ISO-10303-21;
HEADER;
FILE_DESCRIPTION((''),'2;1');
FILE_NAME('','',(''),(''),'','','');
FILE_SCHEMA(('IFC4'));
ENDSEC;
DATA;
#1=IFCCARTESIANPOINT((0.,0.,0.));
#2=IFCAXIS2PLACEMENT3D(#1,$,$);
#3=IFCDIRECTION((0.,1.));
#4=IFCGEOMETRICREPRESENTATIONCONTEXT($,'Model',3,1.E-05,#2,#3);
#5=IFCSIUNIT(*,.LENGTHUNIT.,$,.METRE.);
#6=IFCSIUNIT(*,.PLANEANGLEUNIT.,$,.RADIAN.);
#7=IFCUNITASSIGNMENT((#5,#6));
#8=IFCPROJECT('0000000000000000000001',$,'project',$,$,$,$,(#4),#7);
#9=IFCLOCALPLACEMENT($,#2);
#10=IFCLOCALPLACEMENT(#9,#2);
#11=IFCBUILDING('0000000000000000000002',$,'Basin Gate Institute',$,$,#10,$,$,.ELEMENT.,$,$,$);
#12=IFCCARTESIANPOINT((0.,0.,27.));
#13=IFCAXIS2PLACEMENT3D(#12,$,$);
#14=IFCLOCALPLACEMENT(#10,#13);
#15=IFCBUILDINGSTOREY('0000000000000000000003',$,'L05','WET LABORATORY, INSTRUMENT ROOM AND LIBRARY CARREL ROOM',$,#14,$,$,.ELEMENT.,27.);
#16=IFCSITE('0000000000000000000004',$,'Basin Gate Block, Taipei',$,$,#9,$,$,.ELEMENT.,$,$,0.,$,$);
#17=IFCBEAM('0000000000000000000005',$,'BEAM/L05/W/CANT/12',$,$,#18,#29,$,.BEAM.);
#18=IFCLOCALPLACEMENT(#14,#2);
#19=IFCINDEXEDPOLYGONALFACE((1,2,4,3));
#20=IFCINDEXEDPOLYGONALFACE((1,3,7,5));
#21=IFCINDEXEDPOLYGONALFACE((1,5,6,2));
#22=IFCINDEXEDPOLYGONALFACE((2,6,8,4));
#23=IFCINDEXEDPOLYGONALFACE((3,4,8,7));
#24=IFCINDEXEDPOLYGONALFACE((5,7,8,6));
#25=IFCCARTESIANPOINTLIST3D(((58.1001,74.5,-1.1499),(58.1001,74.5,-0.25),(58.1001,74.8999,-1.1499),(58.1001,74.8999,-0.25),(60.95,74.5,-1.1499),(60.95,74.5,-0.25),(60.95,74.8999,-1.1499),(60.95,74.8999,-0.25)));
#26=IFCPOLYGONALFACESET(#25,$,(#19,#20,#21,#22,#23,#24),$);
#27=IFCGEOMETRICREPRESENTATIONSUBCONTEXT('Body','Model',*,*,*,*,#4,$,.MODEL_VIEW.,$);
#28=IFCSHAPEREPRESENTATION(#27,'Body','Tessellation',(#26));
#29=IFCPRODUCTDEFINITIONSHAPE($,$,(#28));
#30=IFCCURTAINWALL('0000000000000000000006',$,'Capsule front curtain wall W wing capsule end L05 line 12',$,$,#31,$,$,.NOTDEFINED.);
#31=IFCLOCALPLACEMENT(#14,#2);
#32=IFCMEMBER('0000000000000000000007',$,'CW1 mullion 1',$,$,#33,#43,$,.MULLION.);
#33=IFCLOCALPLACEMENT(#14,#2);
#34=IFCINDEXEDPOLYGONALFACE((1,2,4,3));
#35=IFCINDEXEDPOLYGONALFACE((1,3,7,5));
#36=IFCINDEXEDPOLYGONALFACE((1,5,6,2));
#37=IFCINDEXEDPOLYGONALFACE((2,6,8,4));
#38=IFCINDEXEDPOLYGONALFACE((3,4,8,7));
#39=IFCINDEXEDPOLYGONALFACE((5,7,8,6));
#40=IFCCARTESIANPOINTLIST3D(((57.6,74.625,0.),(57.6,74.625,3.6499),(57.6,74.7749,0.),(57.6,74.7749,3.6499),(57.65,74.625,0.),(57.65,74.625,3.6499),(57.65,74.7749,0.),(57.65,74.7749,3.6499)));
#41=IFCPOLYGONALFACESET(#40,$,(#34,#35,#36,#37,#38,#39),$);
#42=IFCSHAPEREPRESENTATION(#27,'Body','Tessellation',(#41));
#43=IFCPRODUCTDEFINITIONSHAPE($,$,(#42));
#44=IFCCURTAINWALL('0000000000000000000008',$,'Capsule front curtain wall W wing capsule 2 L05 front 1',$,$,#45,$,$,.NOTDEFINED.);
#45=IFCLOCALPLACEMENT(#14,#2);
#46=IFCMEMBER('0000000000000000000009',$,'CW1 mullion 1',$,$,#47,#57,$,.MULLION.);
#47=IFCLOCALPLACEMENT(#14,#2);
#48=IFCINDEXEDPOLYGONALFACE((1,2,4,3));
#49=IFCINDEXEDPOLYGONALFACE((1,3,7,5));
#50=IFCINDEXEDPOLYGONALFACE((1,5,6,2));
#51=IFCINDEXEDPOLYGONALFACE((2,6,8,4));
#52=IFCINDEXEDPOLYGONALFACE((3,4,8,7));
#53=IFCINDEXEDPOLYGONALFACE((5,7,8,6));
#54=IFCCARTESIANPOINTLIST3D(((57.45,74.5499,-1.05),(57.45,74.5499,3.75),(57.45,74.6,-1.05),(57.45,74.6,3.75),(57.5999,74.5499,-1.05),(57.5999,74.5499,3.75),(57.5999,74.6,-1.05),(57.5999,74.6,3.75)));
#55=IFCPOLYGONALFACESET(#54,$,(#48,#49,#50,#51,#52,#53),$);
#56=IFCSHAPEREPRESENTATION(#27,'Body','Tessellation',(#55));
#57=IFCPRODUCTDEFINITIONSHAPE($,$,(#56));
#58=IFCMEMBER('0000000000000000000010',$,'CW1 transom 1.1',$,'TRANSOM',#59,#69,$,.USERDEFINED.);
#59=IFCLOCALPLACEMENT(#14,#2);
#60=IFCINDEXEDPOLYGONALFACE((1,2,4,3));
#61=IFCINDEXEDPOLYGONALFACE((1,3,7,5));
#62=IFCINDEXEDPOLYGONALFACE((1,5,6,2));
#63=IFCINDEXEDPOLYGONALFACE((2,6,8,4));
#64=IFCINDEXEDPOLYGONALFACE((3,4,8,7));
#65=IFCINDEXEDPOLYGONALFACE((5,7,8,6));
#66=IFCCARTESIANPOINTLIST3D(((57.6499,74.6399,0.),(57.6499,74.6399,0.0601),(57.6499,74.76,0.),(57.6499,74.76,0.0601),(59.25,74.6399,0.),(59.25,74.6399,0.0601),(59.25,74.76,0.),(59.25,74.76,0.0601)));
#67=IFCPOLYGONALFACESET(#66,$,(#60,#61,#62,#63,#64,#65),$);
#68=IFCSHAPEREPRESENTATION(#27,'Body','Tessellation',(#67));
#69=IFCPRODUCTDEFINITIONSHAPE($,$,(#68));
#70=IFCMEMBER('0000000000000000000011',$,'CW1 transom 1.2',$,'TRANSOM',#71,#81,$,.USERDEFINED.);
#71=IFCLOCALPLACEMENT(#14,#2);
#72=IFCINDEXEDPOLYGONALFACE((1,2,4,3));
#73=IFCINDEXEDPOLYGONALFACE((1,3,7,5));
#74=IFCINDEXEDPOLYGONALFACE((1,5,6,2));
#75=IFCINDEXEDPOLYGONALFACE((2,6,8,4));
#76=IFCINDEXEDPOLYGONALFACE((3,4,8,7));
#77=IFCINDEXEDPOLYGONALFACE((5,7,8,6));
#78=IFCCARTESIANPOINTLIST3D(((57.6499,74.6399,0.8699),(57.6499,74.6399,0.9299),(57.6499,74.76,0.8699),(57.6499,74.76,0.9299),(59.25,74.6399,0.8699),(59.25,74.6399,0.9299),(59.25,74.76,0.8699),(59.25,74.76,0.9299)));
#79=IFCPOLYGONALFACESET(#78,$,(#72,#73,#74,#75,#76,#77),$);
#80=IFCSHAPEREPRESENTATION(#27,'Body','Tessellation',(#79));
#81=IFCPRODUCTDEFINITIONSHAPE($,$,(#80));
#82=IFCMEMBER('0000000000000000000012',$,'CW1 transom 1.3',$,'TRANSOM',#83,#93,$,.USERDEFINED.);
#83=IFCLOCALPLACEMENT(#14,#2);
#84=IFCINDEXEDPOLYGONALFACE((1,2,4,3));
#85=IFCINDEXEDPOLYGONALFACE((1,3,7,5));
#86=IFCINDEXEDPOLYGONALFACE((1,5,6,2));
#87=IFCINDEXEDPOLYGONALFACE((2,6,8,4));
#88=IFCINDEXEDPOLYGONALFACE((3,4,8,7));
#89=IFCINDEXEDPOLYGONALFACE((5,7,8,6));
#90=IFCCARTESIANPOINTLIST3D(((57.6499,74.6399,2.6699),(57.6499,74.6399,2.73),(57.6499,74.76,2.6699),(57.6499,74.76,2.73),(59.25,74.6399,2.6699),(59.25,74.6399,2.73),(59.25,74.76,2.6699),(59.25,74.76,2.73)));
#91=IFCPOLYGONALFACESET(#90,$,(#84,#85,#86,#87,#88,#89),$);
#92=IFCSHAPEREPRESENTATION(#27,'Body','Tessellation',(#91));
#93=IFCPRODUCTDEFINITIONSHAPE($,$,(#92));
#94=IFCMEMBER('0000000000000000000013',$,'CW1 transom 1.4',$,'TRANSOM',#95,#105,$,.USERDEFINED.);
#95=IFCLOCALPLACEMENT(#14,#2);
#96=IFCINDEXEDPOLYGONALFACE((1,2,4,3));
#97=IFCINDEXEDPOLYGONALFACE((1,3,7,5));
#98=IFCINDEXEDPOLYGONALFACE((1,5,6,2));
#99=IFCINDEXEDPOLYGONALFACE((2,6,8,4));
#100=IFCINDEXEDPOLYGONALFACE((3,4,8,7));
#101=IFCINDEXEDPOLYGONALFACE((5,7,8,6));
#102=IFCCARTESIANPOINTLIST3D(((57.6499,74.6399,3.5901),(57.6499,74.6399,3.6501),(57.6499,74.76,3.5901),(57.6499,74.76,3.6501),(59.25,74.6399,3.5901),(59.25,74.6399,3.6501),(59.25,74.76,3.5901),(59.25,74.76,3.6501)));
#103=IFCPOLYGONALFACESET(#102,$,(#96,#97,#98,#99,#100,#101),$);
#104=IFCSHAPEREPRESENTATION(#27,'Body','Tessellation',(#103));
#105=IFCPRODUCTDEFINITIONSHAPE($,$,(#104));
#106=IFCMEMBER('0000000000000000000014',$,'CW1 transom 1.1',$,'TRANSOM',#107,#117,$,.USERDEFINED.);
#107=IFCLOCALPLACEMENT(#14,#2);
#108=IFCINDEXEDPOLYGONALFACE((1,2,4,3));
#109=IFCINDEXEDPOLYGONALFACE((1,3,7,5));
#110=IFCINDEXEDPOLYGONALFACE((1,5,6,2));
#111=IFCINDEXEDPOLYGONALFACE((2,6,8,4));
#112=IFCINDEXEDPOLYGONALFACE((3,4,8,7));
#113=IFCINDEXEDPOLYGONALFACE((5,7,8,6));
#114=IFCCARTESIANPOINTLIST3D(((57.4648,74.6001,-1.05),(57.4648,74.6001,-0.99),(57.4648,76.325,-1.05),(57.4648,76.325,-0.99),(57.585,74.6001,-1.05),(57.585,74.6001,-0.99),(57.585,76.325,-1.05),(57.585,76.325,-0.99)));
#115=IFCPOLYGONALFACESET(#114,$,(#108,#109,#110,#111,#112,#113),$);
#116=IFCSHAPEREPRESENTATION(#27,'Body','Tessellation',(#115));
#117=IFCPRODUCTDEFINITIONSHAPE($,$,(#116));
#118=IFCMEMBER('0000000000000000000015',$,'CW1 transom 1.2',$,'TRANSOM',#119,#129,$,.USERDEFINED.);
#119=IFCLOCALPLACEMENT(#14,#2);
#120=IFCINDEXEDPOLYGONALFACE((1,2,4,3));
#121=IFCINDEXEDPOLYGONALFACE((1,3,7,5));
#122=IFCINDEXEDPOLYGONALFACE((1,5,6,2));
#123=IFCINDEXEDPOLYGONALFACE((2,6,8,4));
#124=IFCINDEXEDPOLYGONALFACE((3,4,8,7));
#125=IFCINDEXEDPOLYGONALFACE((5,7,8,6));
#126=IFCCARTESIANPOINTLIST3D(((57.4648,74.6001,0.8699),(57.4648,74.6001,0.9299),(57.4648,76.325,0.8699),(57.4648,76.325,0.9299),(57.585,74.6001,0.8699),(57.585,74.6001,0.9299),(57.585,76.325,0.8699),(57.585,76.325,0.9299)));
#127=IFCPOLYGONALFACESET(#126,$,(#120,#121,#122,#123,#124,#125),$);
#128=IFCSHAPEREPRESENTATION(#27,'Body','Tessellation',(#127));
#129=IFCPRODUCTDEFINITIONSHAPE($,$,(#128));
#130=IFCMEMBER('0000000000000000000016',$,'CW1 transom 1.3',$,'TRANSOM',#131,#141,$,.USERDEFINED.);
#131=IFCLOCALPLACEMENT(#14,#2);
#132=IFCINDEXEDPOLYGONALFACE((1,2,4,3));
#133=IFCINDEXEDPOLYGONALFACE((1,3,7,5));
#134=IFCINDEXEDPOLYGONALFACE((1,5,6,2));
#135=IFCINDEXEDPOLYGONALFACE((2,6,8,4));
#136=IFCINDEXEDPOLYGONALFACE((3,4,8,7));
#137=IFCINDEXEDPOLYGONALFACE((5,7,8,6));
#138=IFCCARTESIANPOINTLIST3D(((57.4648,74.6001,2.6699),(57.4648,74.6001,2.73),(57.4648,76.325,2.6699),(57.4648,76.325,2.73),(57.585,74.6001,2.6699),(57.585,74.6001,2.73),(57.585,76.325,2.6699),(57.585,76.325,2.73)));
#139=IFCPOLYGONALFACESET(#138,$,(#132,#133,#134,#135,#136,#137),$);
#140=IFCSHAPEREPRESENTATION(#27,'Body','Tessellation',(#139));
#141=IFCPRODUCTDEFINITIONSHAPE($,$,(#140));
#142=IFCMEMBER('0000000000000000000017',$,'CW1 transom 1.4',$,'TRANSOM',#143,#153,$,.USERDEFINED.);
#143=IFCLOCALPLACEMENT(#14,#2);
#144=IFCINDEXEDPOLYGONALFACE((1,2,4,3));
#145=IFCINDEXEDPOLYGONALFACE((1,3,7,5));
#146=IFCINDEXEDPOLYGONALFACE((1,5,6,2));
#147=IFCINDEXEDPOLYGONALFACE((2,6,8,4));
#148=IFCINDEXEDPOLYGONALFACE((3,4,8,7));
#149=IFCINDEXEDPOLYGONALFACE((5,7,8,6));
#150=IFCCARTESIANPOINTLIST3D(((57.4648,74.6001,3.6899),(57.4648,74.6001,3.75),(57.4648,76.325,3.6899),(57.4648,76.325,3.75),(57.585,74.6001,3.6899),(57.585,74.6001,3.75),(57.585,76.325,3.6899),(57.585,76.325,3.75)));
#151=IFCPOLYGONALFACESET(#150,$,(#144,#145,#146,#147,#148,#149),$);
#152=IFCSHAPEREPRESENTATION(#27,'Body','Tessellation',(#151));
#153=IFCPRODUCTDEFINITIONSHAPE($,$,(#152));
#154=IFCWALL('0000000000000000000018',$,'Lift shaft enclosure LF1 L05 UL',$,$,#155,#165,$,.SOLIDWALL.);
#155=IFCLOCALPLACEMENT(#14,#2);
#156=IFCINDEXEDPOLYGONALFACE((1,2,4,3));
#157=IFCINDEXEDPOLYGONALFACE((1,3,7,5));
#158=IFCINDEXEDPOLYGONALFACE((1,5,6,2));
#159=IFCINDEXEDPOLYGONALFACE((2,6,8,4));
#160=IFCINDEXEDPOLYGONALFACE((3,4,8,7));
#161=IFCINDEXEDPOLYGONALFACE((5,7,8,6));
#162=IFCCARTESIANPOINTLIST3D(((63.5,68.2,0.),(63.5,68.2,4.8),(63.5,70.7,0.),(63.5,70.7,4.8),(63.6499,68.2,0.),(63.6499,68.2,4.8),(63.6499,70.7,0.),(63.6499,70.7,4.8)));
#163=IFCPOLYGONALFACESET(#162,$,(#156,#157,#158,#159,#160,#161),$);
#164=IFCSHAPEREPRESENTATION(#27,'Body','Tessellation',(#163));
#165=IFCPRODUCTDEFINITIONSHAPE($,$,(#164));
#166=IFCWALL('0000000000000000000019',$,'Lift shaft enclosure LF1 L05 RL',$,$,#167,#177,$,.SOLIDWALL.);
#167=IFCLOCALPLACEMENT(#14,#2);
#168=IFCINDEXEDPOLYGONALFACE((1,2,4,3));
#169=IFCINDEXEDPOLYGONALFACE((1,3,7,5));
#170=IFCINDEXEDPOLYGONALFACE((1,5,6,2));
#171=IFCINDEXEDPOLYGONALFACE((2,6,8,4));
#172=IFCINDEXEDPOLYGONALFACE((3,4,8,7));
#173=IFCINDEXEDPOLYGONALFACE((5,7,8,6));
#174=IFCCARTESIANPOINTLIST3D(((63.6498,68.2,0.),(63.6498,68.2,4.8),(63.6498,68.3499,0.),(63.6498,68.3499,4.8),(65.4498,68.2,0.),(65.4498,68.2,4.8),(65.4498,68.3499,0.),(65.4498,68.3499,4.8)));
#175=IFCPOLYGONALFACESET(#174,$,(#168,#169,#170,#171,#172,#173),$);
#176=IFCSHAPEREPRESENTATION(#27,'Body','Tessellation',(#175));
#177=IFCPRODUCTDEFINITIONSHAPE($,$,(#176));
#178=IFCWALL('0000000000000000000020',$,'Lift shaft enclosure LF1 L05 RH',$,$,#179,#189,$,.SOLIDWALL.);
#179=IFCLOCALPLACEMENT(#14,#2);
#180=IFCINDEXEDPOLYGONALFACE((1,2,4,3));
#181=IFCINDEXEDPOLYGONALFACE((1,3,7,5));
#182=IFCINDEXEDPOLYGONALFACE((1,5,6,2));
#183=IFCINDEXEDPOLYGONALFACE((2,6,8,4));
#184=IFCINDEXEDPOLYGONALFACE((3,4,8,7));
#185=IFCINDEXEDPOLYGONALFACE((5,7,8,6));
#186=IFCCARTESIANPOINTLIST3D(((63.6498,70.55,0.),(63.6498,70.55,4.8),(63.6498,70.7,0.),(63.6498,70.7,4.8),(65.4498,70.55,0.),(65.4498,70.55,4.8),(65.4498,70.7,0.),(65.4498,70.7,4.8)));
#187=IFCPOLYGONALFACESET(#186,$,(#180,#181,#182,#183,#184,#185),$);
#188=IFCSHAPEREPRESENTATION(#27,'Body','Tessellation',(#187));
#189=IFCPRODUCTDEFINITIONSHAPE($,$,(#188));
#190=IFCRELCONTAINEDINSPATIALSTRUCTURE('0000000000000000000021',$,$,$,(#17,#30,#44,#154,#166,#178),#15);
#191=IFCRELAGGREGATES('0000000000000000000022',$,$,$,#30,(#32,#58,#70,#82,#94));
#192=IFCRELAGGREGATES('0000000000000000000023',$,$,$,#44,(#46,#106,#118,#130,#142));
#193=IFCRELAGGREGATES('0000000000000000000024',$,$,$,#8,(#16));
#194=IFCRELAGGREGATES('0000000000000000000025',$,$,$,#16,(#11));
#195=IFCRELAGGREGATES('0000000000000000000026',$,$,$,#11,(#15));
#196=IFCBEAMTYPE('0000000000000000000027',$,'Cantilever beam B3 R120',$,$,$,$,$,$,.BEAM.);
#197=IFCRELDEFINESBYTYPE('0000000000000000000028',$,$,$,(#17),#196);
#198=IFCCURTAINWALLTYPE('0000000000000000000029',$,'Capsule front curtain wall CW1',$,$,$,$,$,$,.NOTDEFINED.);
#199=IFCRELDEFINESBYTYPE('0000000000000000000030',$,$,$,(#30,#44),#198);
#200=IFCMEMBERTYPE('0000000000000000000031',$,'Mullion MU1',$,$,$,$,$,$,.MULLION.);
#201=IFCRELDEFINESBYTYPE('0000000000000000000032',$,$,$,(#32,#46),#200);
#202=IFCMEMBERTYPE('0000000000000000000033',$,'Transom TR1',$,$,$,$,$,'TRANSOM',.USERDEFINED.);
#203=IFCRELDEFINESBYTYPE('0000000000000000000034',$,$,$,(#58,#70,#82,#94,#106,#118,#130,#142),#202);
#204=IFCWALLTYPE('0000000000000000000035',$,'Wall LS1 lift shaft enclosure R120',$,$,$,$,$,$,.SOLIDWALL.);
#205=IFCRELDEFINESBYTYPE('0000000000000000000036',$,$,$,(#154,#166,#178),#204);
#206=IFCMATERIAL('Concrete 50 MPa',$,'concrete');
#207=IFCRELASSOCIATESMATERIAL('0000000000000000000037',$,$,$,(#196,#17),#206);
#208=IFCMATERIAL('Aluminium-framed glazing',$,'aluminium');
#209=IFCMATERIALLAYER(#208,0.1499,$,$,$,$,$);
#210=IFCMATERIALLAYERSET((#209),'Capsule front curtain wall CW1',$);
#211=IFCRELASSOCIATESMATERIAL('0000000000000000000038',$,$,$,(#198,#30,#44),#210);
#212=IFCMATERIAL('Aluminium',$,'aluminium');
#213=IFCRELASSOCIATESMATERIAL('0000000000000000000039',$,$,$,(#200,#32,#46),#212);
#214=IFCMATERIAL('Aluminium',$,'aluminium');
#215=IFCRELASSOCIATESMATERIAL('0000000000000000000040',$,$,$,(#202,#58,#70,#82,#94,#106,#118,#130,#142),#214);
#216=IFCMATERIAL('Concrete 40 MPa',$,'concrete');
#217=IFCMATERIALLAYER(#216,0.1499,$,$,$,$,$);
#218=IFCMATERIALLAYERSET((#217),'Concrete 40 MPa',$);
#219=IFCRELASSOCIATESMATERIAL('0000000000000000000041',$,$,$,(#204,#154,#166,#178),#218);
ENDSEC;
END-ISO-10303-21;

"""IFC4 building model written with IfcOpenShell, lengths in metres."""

from ifc_helpers import new_model, si_unit, direction, frame, frame_2d, origin, origin_2d, place, context, subcontext, project, spatial, rectangle, extrude, material, layer, layer_set, material_profile, profile_set, type_object, element, aggregate, save


model = new_model("IFC4")

# Units and contexts
model_context = context("Model", 3, precision=1e-05, world=origin(), true_north=direction((0.0, 1.0)))
body_context = subcontext(model_context, "Body", "Model", "MODEL_VIEW")
ifc_project = project(units=[si_unit("LENGTHUNIT", "METRE"), si_unit("PLANEANGLEUNIT", "RADIAN")], contexts=[model_context])

# Site, building, storey
site_placement = place(None, origin())
site = spatial("IfcSite", under=ifc_project, at=site_placement, Name="Basin Gate Block, Taipei", CompositionType="ELEMENT", RefElevation=0.0)
building_placement = place(site_placement, origin())
building = spatial("IfcBuilding", under=site, at=building_placement, Name="Basin Gate Institute", CompositionType="ELEMENT")
storey_placement = place(building_placement, frame((0.0, 0.0, 27.0)))
storey = spatial("IfcBuildingStorey", under=building, at=storey_placement, Name="L05", Description="WET LABORATORY, INSTRUMENT ROOM AND LIBRARY CARREL ROOM", CompositionType="ELEMENT", Elevation=27.0)

# Beam
ifc_material_1 = material(Name="Concrete 50 MPa", Category="concrete")
ifc_material_profile_1 = material_profile(ifc_material_1, rectangle(XDim=0.3999, YDim=0.8999, at=origin_2d()), Name="Cantilever beam B3 400 x 900")
ifc_profile_set_1 = profile_set([ifc_material_profile_1], Name="Concrete 50 MPa")
beam_type = type_object("IfcBeamType", Name="Cantilever beam B3 R120", PredefinedType="BEAM", material=ifc_profile_set_1)
beam_placement = place(storey_placement, frame((58.1001, 74.7, -0.7), z_axis=(1.0, 0.0, 0.0), x_axis=(0.0, 1.0, 0.0)))
element("IfcBeam", 1, at=beam_placement, inside=storey, type_object=beam_type, material=ifc_profile_set_1, Name="BEAM/L05/W/CANT/12", PredefinedType="BEAM", context=body_context, shape_type="SweptSolid", body=[
    extrude(rectangle(XDim=0.3999, YDim=0.8999, at=origin_2d()), origin(), (0.0, 0.0, 1.0), 2.8499),
])

# Curtain walls, members
ifc_material_2 = material(Name="Aluminium-framed glazing", Category="aluminium")
ifc_layer_1 = layer(ifc_material_2, 0.1499)
ifc_layer_set_1 = layer_set([ifc_layer_1], Name="Capsule front curtain wall CW1")
curtain_wall_type = type_object("IfcCurtainWallType", Name="Capsule front curtain wall CW1", PredefinedType="NOTDEFINED", material=ifc_layer_set_1)
curtain_wall_1_placement = place(storey_placement, origin())
curtain_wall_1 = element("IfcCurtainWall", 2, at=curtain_wall_1_placement, inside=storey, type_object=curtain_wall_type, material=ifc_layer_set_1, Name="Capsule front curtain wall W wing capsule end L05 line 12", PredefinedType="NOTDEFINED")
ifc_material_3 = material(Name="Aluminium", Category="aluminium")
ifc_material_profile_2 = material_profile(ifc_material_3, rectangle(XDim=0.1499, YDim=0.05, at=origin_2d()), Name="Mullion MU1 150 x 50")
ifc_profile_set_2 = profile_set([ifc_material_profile_2], Name="Aluminium")
member_type_1 = type_object("IfcMemberType", Name="Mullion MU1", PredefinedType="MULLION", material=ifc_profile_set_2)
member_1_placement = place(storey_placement, frame((57.625, 74.7, 0.0), z_axis=(0.0, 0.0, 1.0), x_axis=(0.0, 1.0, 0.0)))
member_1 = element("IfcMember", 3, at=member_1_placement, type_object=member_type_1, material=ifc_profile_set_2, Name="CW1 mullion 1", PredefinedType="MULLION", context=body_context, shape_type="SweptSolid", body=[
    extrude(rectangle(XDim=0.1499, YDim=0.05, at=origin_2d()), origin(), (0.0, 0.0, 1.0), 3.6499),
])
curtain_wall_2_placement = place(storey_placement, origin())
curtain_wall_2 = element("IfcCurtainWall", 4, at=curtain_wall_2_placement, inside=storey, type_object=curtain_wall_type, material=ifc_layer_set_1, Name="Capsule front curtain wall W wing capsule 2 L05 front 1", PredefinedType="NOTDEFINED")
member_2_placement = place(storey_placement, frame((57.5249, 74.575, -1.05), z_axis=(0.0, 0.0, 1.0), x_axis=(-1.0, 0.0, 0.0)))
member_2 = element("IfcMember", 5, at=member_2_placement, type_object=member_type_1, material=ifc_profile_set_2, Name="CW1 mullion 1", PredefinedType="MULLION", context=body_context, shape_type="SweptSolid", body=[
    extrude(rectangle(XDim=0.1499, YDim=0.05, at=origin_2d()), origin(), (0.0, 0.0, 1.0), 4.8),
])

# Members
ifc_material_4 = material(Name="Aluminium", Category="aluminium")
ifc_material_profile_3 = material_profile(ifc_material_4, rectangle(XDim=0.1201, YDim=0.0601, at=origin_2d()), Name="Transom TR1 120 x 60")
ifc_profile_set_3 = profile_set([ifc_material_profile_3], Name="Aluminium")
member_type_2 = type_object("IfcMemberType", Name="Transom TR1", ElementType="TRANSOM", PredefinedType="USERDEFINED", material=ifc_profile_set_3)
member_3_placement = place(storey_placement, frame((57.6499, 74.7, 0.03), z_axis=(1.0, 0.0, 0.0), x_axis=(0.0, 1.0, 0.0)))
member_3 = element("IfcMember", 6, at=member_3_placement, type_object=member_type_2, material=ifc_profile_set_3, Name="CW1 transom 1.1", ObjectType="TRANSOM", PredefinedType="USERDEFINED", context=body_context, shape_type="SweptSolid", body=[
    extrude(rectangle(XDim=0.1201, YDim=0.0601, at=origin_2d()), origin(), (0.0, 0.0, 1.0), 1.6001),
])
member_4_placement = place(storey_placement, frame((57.6499, 74.7, 0.8999), z_axis=(1.0, 0.0, 0.0), x_axis=(0.0, 1.0, 0.0)))
member_4 = element("IfcMember", 7, at=member_4_placement, type_object=member_type_2, material=ifc_profile_set_3, Name="CW1 transom 1.2", ObjectType="TRANSOM", PredefinedType="USERDEFINED", context=body_context, shape_type="SweptSolid", body=[
    extrude(rectangle(XDim=0.1201, YDim=0.0601, at=origin_2d()), origin(), (0.0, 0.0, 1.0), 1.6001),
])
member_5_placement = place(storey_placement, frame((57.6499, 74.7, 2.7), z_axis=(1.0, 0.0, 0.0), x_axis=(0.0, 1.0, 0.0)))
member_5 = element("IfcMember", 8, at=member_5_placement, type_object=member_type_2, material=ifc_profile_set_3, Name="CW1 transom 1.3", ObjectType="TRANSOM", PredefinedType="USERDEFINED", context=body_context, shape_type="SweptSolid", body=[
    extrude(rectangle(XDim=0.1201, YDim=0.0601, at=origin_2d()), origin(), (0.0, 0.0, 1.0), 1.6001),
])
member_6_placement = place(storey_placement, frame((57.6499, 74.7, 3.6201), z_axis=(1.0, 0.0, 0.0), x_axis=(0.0, 1.0, 0.0)))
member_6 = element("IfcMember", 9, at=member_6_placement, type_object=member_type_2, material=ifc_profile_set_3, Name="CW1 transom 1.4", ObjectType="TRANSOM", PredefinedType="USERDEFINED", context=body_context, shape_type="SweptSolid", body=[
    extrude(rectangle(XDim=0.1201, YDim=0.0601, at=origin_2d()), origin(), (0.0, 0.0, 1.0), 1.6001),
])
aggregate(curtain_wall_1, [member_1, member_3, member_4, member_5, member_6])
member_7_placement = place(storey_placement, frame((57.5249, 74.6001, -1.02), z_axis=(0.0, 1.0, 0.0), x_axis=(-1.0, 0.0, 0.0)))
member_7 = element("IfcMember", 10, at=member_7_placement, type_object=member_type_2, material=ifc_profile_set_3, Name="CW1 transom 1.1", ObjectType="TRANSOM", PredefinedType="USERDEFINED", context=body_context, shape_type="SweptSolid", body=[
    extrude(rectangle(XDim=0.1201, YDim=0.0601, at=origin_2d()), origin(), (0.0, 0.0, 1.0), 1.7249),
])
member_8_placement = place(storey_placement, frame((57.5249, 74.6001, 0.8999), z_axis=(0.0, 1.0, 0.0), x_axis=(-1.0, 0.0, 0.0)))
member_8 = element("IfcMember", 11, at=member_8_placement, type_object=member_type_2, material=ifc_profile_set_3, Name="CW1 transom 1.2", ObjectType="TRANSOM", PredefinedType="USERDEFINED", context=body_context, shape_type="SweptSolid", body=[
    extrude(rectangle(XDim=0.1201, YDim=0.0601, at=origin_2d()), origin(), (0.0, 0.0, 1.0), 1.7249),
])
member_9_placement = place(storey_placement, frame((57.5249, 74.6001, 2.7), z_axis=(0.0, 1.0, 0.0), x_axis=(-1.0, 0.0, 0.0)))
member_9 = element("IfcMember", 12, at=member_9_placement, type_object=member_type_2, material=ifc_profile_set_3, Name="CW1 transom 1.3", ObjectType="TRANSOM", PredefinedType="USERDEFINED", context=body_context, shape_type="SweptSolid", body=[
    extrude(rectangle(XDim=0.1201, YDim=0.0601, at=origin_2d()), origin(), (0.0, 0.0, 1.0), 1.7249),
])
member_10_placement = place(storey_placement, frame((57.5249, 74.6001, 3.72), z_axis=(0.0, 1.0, 0.0), x_axis=(-1.0, 0.0, 0.0)))
member_10 = element("IfcMember", 13, at=member_10_placement, type_object=member_type_2, material=ifc_profile_set_3, Name="CW1 transom 1.4", ObjectType="TRANSOM", PredefinedType="USERDEFINED", context=body_context, shape_type="SweptSolid", body=[
    extrude(rectangle(XDim=0.1201, YDim=0.0601, at=origin_2d()), origin(), (0.0, 0.0, 1.0), 1.7249),
])
aggregate(curtain_wall_2, [member_2, member_7, member_8, member_9, member_10])

# Walls
ifc_material_5 = material(Name="Concrete 40 MPa", Category="concrete")
ifc_layer_2 = layer(ifc_material_5, 0.1499)
ifc_layer_set_2 = layer_set([ifc_layer_2], Name="Concrete 40 MPa")
wall_type_1 = type_object("IfcWallType", Name="Wall LS1 lift shaft enclosure R120", PredefinedType="SOLIDWALL", material=ifc_layer_set_2)
wall_1_placement = place(storey_placement, frame((63.575, 68.2, 0.0), z_axis=(0.0, 0.0, 1.0), x_axis=(0.0, 1.0, 0.0)))
element("IfcWall", 14, at=wall_1_placement, inside=storey, type_object=wall_type_1, material=ifc_layer_set_2, Name="Lift shaft enclosure LF1 L05 UL", PredefinedType="SOLIDWALL", context=body_context, shape_type="SweptSolid", body=[
    extrude(rectangle(XDim=2.5, YDim=0.1499, at=frame_2d((1.25, 0.0))), origin(), (0.0, 0.0, 1.0), 4.8),
])
for number, where, z_axis, x_axis, name in (
    (15, (63.6499, 68.2749, 0.0), (0.0, 0.0, 1.0), (1.0, 0.0, 0.0), "Lift shaft enclosure LF1 L05 RL"),
    (16, (63.6499, 70.625, 0.0), (0.0, 0.0, 1.0), (1.0, 0.0, 0.0), "Lift shaft enclosure LF1 L05 RH"),
):
    element("IfcWall", number, at=place(storey_placement, frame(where, z_axis=z_axis, x_axis=x_axis)), inside=storey, type_object=wall_type_1, material=ifc_layer_set_2, Name=name, PredefinedType="SOLIDWALL", context=body_context, shape_type="SweptSolid", body=[
        extrude(rectangle(XDim=1.8, YDim=0.1499, at=frame_2d((0.8999, 0.0))), origin(), (0.0, 0.0, 1.0), 4.8),
    ])

save(model, "model.ifc")
